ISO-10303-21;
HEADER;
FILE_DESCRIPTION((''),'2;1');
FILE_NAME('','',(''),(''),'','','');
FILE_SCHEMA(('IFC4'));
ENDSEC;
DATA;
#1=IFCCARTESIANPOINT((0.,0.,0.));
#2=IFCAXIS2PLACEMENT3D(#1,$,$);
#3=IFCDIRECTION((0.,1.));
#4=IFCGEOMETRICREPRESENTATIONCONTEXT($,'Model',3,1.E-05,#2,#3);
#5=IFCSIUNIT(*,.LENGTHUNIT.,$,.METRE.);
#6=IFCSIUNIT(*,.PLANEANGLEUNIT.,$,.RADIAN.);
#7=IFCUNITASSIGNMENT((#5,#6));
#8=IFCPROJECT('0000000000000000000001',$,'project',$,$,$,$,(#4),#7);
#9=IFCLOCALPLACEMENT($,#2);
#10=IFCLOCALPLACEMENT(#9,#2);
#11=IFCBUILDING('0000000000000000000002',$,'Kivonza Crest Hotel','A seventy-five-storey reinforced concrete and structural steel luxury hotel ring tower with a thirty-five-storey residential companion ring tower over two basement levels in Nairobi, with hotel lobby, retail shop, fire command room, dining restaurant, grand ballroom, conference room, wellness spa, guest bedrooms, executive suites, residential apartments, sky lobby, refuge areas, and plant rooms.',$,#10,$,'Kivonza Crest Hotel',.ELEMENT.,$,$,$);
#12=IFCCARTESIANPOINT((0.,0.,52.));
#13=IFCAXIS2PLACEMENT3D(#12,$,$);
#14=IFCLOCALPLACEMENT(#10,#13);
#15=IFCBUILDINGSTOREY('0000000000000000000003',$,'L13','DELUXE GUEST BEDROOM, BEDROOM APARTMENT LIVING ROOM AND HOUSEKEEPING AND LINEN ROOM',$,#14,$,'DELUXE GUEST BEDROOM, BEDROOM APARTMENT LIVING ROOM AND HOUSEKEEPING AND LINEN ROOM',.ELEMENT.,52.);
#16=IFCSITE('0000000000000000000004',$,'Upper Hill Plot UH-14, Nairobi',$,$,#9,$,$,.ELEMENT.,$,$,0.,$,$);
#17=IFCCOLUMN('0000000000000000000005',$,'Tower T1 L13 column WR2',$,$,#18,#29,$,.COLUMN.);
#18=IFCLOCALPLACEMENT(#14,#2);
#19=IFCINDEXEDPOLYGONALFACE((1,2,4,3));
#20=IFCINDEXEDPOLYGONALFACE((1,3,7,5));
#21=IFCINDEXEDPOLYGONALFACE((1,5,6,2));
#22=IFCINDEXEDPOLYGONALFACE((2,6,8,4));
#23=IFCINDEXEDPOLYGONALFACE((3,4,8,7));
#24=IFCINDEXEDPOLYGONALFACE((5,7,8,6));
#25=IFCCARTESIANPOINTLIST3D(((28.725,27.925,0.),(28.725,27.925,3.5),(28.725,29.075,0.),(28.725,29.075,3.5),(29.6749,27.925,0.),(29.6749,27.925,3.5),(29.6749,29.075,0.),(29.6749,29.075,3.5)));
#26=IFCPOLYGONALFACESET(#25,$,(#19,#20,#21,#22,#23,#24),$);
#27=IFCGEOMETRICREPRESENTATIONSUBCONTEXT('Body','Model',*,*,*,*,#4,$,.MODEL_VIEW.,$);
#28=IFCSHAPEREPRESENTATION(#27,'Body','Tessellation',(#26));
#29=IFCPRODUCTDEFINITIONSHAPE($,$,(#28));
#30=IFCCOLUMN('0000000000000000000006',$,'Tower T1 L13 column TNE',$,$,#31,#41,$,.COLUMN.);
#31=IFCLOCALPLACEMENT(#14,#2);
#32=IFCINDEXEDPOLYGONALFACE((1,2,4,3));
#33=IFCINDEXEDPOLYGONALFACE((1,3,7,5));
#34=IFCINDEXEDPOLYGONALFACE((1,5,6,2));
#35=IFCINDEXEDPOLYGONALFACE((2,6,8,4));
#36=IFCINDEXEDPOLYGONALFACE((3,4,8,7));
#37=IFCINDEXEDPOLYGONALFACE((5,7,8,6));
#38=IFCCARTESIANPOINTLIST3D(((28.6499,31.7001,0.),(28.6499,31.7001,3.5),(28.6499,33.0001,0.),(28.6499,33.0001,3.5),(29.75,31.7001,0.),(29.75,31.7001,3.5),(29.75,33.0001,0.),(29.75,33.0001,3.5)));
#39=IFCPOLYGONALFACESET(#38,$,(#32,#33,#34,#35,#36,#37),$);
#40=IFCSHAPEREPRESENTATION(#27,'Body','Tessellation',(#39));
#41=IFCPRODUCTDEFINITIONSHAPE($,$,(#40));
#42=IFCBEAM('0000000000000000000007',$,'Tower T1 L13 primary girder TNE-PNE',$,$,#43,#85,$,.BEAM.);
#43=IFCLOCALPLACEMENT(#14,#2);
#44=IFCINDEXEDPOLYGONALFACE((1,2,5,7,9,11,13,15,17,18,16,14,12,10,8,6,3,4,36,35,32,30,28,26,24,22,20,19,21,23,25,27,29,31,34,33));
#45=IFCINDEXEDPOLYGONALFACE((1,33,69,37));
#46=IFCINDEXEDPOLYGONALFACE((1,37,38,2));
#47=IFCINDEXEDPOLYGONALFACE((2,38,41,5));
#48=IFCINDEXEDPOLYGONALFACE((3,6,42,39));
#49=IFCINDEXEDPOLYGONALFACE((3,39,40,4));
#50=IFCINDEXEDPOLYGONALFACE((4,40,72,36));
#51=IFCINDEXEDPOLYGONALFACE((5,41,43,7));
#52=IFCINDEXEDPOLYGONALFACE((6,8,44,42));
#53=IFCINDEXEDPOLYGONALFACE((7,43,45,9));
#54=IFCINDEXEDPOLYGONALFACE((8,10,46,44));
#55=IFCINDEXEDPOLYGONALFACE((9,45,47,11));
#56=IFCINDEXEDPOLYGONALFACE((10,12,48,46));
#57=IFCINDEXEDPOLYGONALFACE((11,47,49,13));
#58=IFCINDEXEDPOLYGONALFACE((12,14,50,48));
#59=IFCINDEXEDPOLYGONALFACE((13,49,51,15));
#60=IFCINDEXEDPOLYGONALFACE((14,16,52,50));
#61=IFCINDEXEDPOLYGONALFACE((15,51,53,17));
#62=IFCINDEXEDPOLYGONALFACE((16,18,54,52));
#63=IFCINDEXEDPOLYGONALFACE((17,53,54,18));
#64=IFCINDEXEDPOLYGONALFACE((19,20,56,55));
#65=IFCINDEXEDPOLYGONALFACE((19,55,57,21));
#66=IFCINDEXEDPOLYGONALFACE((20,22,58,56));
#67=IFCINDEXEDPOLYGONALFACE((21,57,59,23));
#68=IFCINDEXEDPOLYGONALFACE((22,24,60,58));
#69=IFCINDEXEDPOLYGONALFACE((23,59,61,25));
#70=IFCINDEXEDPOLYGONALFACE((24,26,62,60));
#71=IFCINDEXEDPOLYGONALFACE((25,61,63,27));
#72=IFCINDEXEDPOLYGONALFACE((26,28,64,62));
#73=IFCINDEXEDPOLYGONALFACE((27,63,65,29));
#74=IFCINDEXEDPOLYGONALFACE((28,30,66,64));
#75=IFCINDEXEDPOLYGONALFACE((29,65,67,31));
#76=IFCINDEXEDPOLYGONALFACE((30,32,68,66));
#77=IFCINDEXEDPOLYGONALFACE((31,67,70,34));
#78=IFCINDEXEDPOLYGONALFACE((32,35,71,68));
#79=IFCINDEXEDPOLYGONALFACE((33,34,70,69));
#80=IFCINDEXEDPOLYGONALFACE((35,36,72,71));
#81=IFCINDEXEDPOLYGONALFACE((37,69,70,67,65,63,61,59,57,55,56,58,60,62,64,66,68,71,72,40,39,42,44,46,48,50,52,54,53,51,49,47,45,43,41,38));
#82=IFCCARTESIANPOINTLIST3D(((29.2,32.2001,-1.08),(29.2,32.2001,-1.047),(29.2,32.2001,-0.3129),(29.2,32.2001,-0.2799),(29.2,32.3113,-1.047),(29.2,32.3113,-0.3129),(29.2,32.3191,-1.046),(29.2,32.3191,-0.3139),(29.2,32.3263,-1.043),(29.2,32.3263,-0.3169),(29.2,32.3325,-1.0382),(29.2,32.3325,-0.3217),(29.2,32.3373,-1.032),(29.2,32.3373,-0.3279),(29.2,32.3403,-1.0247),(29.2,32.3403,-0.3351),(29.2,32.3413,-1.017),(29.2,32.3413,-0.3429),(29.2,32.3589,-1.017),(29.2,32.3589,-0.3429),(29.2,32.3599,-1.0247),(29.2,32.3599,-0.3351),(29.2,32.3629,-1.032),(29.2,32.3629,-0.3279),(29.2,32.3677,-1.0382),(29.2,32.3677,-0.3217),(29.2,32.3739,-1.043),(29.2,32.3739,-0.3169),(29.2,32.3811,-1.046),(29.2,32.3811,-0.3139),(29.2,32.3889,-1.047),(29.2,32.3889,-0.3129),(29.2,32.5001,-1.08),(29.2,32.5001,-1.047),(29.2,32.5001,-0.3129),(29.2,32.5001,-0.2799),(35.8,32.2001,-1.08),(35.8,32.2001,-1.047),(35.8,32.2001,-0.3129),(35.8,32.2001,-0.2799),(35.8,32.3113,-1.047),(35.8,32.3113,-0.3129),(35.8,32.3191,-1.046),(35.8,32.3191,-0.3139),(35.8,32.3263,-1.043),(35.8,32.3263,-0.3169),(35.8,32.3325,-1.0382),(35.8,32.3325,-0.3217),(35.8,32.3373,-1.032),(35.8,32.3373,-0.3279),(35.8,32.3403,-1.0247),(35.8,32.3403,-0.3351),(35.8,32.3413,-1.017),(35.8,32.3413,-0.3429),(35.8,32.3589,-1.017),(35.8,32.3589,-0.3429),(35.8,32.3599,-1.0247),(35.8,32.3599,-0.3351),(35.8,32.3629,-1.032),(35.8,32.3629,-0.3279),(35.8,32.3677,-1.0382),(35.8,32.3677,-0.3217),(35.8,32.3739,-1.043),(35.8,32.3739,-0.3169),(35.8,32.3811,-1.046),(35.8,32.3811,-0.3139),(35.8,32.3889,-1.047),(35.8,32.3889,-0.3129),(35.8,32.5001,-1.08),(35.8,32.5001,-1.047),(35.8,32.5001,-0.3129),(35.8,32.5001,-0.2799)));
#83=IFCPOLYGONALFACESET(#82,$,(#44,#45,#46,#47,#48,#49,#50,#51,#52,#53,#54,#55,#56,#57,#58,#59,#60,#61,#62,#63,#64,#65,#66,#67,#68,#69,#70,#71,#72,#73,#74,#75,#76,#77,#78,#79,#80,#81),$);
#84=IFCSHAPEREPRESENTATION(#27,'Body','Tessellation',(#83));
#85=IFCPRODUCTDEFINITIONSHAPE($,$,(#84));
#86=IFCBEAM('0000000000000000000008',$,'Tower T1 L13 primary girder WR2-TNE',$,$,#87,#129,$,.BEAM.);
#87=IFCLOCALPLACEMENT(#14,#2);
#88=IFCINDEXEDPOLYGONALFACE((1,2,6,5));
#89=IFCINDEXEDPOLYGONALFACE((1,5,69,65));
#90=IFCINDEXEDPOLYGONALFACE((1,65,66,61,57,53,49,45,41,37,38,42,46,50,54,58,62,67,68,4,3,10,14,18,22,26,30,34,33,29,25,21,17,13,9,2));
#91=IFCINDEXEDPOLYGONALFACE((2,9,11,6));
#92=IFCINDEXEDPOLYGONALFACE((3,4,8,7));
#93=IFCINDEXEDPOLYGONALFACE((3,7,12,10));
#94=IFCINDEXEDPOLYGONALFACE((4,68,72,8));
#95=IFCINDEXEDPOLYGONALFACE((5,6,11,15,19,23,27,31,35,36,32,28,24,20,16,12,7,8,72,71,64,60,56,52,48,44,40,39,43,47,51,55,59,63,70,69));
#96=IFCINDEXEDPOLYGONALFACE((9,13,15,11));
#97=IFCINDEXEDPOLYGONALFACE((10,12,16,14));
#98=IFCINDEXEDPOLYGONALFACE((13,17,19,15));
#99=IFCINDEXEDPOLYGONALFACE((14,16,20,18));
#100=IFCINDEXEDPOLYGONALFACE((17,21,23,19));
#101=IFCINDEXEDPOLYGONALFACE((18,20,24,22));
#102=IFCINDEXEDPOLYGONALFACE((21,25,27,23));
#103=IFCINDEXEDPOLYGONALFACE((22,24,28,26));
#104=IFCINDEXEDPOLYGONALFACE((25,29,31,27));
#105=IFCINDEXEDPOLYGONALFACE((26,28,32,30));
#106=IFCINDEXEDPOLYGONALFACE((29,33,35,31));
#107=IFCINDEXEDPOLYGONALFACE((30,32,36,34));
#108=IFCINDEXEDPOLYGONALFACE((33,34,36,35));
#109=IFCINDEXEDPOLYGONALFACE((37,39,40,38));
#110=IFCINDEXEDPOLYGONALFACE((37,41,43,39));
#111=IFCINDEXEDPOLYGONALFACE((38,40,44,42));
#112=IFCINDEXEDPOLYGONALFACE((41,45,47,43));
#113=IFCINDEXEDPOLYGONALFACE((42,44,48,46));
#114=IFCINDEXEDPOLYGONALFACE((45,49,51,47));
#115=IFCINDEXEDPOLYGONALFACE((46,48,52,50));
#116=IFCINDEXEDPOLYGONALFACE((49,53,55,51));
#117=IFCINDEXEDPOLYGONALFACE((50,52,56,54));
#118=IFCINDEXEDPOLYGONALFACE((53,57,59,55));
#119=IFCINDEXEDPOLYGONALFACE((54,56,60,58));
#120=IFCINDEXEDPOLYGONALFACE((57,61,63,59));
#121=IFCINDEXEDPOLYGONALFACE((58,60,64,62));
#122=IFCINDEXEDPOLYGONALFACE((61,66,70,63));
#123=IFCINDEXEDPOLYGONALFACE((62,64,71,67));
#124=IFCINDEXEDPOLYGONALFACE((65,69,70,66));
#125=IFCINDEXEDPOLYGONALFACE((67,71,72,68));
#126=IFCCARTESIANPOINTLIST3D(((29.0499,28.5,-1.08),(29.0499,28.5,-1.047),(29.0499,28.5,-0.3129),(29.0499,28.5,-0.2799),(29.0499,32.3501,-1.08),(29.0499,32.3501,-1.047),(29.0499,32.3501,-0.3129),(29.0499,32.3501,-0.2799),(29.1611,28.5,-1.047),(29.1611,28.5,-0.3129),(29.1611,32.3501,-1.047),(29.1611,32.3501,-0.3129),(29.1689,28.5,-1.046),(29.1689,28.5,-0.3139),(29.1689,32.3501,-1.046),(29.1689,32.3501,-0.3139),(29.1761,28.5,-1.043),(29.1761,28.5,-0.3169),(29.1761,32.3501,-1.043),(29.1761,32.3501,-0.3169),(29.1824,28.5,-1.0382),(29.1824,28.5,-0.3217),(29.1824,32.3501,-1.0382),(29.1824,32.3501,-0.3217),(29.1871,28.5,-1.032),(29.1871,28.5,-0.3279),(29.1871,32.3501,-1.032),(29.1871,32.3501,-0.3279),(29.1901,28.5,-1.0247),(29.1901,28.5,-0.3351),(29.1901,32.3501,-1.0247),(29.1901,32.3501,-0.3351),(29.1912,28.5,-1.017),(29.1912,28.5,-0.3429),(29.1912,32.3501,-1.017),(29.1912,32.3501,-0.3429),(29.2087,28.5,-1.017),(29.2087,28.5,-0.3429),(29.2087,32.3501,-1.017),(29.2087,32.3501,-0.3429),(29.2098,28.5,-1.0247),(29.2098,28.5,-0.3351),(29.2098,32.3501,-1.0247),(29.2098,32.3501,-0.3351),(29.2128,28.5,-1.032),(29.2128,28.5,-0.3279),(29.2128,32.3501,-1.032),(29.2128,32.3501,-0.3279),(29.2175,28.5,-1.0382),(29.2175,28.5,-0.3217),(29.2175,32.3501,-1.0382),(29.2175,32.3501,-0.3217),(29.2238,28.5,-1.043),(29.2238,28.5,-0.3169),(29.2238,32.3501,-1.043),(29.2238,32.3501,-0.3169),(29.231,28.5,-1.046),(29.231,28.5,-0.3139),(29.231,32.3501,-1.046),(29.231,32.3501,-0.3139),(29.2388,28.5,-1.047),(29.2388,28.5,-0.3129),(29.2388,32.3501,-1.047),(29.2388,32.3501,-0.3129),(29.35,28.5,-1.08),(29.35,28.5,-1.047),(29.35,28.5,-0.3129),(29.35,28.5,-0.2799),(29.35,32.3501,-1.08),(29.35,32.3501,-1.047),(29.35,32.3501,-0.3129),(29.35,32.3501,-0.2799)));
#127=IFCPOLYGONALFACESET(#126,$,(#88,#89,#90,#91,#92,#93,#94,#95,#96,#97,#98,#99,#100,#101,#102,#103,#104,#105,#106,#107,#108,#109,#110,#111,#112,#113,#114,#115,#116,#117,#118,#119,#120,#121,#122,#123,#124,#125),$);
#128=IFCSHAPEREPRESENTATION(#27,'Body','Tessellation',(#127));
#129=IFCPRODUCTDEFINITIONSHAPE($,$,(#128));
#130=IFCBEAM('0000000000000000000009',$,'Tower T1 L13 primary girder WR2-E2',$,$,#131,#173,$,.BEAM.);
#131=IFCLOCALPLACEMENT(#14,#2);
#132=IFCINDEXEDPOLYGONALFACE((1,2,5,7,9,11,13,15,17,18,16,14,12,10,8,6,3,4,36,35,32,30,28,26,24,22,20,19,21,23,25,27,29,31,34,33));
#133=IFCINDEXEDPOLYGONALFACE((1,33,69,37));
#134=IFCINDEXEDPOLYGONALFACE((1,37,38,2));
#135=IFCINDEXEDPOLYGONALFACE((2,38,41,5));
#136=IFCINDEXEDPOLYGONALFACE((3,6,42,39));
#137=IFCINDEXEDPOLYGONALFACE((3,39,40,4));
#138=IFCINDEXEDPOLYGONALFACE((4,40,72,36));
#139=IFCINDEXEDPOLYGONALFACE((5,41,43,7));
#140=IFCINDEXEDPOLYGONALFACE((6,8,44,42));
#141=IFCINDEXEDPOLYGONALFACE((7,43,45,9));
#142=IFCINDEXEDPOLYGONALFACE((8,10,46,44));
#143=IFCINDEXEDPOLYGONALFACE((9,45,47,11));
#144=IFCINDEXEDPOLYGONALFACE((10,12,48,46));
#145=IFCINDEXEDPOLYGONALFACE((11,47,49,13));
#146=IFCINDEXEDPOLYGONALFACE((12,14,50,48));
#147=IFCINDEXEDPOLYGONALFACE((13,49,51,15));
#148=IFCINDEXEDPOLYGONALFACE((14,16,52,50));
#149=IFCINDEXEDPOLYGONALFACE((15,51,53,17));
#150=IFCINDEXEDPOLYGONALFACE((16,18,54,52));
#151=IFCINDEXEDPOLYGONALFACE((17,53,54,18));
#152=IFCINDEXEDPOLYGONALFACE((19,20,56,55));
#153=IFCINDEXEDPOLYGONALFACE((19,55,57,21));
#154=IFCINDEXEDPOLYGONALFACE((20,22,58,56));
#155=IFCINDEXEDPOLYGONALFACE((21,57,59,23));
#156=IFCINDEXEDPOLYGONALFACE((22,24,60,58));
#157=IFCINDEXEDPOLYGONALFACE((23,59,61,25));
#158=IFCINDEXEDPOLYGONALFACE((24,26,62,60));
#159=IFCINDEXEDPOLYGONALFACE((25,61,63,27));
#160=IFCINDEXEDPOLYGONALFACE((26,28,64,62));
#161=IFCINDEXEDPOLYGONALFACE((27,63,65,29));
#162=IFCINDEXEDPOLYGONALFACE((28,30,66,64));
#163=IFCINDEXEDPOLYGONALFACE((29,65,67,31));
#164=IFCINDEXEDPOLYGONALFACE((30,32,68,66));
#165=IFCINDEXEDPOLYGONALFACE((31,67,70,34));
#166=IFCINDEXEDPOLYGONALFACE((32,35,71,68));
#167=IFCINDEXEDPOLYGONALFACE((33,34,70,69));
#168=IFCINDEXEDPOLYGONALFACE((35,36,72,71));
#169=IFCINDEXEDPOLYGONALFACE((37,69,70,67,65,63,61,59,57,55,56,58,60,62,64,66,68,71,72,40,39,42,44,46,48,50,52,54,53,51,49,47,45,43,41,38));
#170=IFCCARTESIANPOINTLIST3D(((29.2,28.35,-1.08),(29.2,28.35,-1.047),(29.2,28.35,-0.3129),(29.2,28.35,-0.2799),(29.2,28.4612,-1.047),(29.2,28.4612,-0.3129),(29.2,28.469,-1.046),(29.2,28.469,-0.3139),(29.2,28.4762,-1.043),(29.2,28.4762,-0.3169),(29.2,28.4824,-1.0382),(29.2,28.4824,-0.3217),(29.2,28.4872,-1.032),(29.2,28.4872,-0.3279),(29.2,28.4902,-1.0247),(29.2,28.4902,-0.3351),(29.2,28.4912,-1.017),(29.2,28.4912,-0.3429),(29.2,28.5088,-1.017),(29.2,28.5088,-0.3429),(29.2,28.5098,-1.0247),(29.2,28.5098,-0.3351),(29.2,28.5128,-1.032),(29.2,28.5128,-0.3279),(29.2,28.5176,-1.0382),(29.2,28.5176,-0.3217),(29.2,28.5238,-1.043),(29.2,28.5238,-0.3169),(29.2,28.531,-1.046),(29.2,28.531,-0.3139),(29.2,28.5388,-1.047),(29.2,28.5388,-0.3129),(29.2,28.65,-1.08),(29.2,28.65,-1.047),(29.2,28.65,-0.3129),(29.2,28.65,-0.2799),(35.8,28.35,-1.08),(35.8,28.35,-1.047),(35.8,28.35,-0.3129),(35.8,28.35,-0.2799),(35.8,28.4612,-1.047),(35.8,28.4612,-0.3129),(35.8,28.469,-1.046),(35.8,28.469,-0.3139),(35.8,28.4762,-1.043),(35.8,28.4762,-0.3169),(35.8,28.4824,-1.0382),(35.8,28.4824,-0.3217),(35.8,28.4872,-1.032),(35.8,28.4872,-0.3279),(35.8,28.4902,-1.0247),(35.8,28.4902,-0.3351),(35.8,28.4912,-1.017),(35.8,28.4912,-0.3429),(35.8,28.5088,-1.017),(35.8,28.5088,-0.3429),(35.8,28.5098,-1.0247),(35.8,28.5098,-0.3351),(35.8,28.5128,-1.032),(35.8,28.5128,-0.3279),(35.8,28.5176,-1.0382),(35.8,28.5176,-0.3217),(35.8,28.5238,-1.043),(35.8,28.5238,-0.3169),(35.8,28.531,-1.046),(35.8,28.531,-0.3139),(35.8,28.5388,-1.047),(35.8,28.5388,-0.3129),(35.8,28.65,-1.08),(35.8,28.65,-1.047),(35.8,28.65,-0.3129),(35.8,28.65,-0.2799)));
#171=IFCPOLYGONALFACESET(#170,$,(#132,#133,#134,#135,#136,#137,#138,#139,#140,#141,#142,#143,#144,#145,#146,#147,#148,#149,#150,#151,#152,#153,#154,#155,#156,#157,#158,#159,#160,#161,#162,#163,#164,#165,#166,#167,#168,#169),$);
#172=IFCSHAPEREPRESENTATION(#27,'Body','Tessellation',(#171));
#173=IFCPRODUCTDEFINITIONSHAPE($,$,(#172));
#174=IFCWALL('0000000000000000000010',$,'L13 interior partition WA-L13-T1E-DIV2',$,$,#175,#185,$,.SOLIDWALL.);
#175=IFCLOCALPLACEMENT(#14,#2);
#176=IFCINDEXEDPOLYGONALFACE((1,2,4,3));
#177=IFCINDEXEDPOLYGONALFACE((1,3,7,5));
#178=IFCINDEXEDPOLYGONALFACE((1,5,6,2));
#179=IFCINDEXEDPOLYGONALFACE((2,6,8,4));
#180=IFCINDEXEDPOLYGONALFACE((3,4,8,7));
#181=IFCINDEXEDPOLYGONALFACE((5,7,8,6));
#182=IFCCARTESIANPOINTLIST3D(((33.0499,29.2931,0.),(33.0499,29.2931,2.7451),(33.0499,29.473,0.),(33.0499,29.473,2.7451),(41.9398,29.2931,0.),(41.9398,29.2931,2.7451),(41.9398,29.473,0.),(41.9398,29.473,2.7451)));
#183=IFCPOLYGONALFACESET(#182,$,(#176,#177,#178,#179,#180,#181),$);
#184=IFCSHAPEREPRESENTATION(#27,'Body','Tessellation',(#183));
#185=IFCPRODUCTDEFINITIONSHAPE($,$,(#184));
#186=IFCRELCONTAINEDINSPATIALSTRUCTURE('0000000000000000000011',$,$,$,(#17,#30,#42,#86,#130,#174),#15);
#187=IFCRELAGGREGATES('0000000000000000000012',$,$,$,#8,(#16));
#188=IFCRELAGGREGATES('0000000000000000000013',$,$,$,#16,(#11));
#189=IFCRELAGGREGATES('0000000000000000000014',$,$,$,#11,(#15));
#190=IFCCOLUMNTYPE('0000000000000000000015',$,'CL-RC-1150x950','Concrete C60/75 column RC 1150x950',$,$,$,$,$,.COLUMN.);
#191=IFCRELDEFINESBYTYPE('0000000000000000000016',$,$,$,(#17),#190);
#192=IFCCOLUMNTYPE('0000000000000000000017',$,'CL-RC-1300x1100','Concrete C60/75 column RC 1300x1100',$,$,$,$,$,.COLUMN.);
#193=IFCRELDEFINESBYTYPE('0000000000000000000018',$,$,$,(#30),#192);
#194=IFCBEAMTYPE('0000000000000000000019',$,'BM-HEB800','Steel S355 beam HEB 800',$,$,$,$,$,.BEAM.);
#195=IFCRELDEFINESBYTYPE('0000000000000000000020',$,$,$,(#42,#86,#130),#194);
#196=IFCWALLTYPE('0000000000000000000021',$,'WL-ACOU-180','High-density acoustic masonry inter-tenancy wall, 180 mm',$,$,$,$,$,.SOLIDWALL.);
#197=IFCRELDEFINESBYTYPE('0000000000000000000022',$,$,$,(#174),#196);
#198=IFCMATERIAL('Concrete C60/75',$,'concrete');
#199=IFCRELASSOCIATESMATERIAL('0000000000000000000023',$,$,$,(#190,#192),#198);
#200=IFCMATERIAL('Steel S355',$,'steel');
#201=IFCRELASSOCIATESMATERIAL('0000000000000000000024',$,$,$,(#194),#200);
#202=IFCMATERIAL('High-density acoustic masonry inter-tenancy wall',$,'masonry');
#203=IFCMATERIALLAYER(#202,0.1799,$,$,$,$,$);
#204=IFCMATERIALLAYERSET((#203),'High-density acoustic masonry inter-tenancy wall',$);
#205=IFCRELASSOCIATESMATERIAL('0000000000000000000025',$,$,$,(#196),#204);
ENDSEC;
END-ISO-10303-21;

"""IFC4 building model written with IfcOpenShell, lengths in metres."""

from ifc_helpers import new_model, si_unit, direction, frame, frame_2d, origin, origin_2d, place, context, subcontext, project, spatial, rectangle, i_section, extrude, material, layer, layer_set, material_profile, profile_set, type_object, element, save


model = new_model("IFC4")

# Units and contexts
model_context = context("Model", 3, precision=1e-05, world=origin(), true_north=direction((0.0, 1.0)))
body_context = subcontext(model_context, "Body", "Model", "MODEL_VIEW")
ifc_project = project(units=[si_unit("LENGTHUNIT", "METRE"), si_unit("PLANEANGLEUNIT", "RADIAN")], contexts=[model_context])

# Site, building, storey
site_placement = place(None, origin())
site = spatial("IfcSite", under=ifc_project, at=site_placement, Name="Upper Hill Plot UH-14, Nairobi", CompositionType="ELEMENT", RefElevation=0.0)
building_placement = place(site_placement, origin())
building = spatial("IfcBuilding", under=site, at=building_placement, Name="Kivonza Crest Hotel", Description="A seventy-five-storey reinforced concrete and structural steel luxury hotel ring tower with a thirty-five-storey residential companion ring tower over two basement levels in Nairobi, with hotel lobby, retail shop, fire command room, dining restaurant, grand ballroom, conference room, wellness spa, guest bedrooms, executive suites, residential apartments, sky lobby, refuge areas, and plant rooms.", LongName="Kivonza Crest Hotel", CompositionType="ELEMENT")
storey_placement = place(building_placement, frame((0.0, 0.0, 52.0)))
storey = spatial("IfcBuildingStorey", under=building, at=storey_placement, Name="L13", Description="DELUXE GUEST BEDROOM, BEDROOM APARTMENT LIVING ROOM AND HOUSEKEEPING AND LINEN ROOM", LongName="DELUXE GUEST BEDROOM, BEDROOM APARTMENT LIVING ROOM AND HOUSEKEEPING AND LINEN ROOM", CompositionType="ELEMENT", Elevation=52.0)

# Columns
ifc_material_1 = material(Name="Concrete C60/75", Category="concrete")
ifc_material_profile_1 = material_profile(ifc_material_1, rectangle(XDim=0.95, YDim=1.1499, at=origin_2d()), Name="RC 1150x950")
ifc_profile_set_1 = profile_set([ifc_material_profile_1], Name="Concrete C60/75")
column_type_1 = type_object("IfcColumnType", Name="CL-RC-1150x950", Description="Concrete C60/75 column RC 1150x950", PredefinedType="COLUMN", material=ifc_profile_set_1)
column_1_placement = place(storey_placement, frame((29.2, 28.5, 0.0), z_axis=(0.0, 0.0, 1.0), x_axis=(1.0, 0.0, 0.0)))
element("IfcColumn", 1, at=column_1_placement, inside=storey, type_object=column_type_1, Name="Tower T1 L13 column WR2", PredefinedType="COLUMN", context=body_context, shape_type="SweptSolid", body=[
    extrude(rectangle(XDim=0.95, YDim=1.1499, at=origin_2d()), origin(), (0.0, 0.0, 1.0), 3.5),
])
ifc_material_profile_2 = material_profile(ifc_material_1, rectangle(XDim=1.1001, YDim=1.3, at=origin_2d()), Name="RC 1300x1100")
ifc_profile_set_2 = profile_set([ifc_material_profile_2], Name="Concrete C60/75")
column_type_2 = type_object("IfcColumnType", Name="CL-RC-1300x1100", Description="Concrete C60/75 column RC 1300x1100", PredefinedType="COLUMN", material=ifc_profile_set_2)
column_2_placement = place(storey_placement, frame((29.2, 32.3501, 0.0), z_axis=(0.0, 0.0, 1.0), x_axis=(1.0, 0.0, 0.0)))
element("IfcColumn", 2, at=column_2_placement, inside=storey, type_object=column_type_2, Name="Tower T1 L13 column TNE", PredefinedType="COLUMN", context=body_context, shape_type="SweptSolid", body=[
    extrude(rectangle(XDim=1.1001, YDim=1.3, at=origin_2d()), origin(), (0.0, 0.0, 1.0), 3.5),
])

# Beams
ifc_material_2 = material(Name="Steel S355", Category="steel")
ifc_material_profile_3 = material_profile(ifc_material_2, i_section(OverallWidth=0.3, OverallDepth=0.8, WebThickness=0.0176, FlangeThickness=0.033, FilletRadius=0.03, at=origin_2d()), Name="HEB 800")
ifc_profile_set_3 = profile_set([ifc_material_profile_3], Name="Steel S355")
beam_type = type_object("IfcBeamType", Name="BM-HEB800", Description="Steel S355 beam HEB 800", PredefinedType="BEAM", material=ifc_profile_set_3)
beam_1_placement = place(storey_placement, frame((29.2, 32.3501, -0.6799), z_axis=(1.0, 0.0, 0.0), x_axis=(0.0, 1.0, 0.0)))
element("IfcBeam", 3, at=beam_1_placement, inside=storey, type_object=beam_type, Name="Tower T1 L13 primary girder TNE-PNE", PredefinedType="BEAM", context=body_context, shape_type="SweptSolid", body=[
    extrude(i_section(OverallWidth=0.3, OverallDepth=0.8, WebThickness=0.0176, FlangeThickness=0.033, FilletRadius=0.03, at=origin_2d()), origin(), (0.0, 0.0, 1.0), 6.6001),
])
beam_2_placement = place(storey_placement, frame((29.2, 28.5, -0.6799), z_axis=(0.0, 1.0, 0.0), x_axis=(-1.0, 0.0, 0.0)))
element("IfcBeam", 4, at=beam_2_placement, inside=storey, type_object=beam_type, Name="Tower T1 L13 primary girder WR2-TNE", PredefinedType="BEAM", context=body_context, shape_type="SweptSolid", body=[
    extrude(i_section(OverallWidth=0.3, OverallDepth=0.8, WebThickness=0.0176, FlangeThickness=0.033, FilletRadius=0.03, at=origin_2d()), origin(), (0.0, 0.0, 1.0), 3.8501),
])
beam_3_placement = place(storey_placement, frame((29.2, 28.5, -0.6799), z_axis=(1.0, 0.0, 0.0), x_axis=(0.0, 1.0, 0.0)))
element("IfcBeam", 5, at=beam_3_placement, inside=storey, type_object=beam_type, Name="Tower T1 L13 primary girder WR2-E2", PredefinedType="BEAM", context=body_context, shape_type="SweptSolid", body=[
    extrude(i_section(OverallWidth=0.3, OverallDepth=0.8, WebThickness=0.0176, FlangeThickness=0.033, FilletRadius=0.03, at=origin_2d()), origin(), (0.0, 0.0, 1.0), 6.6001),
])

# Wall
ifc_material_3 = material(Name="High-density acoustic masonry inter-tenancy wall", Category="masonry")
ifc_layer_1 = layer(ifc_material_3, 0.1799)
ifc_layer_set_1 = layer_set([ifc_layer_1], Name="High-density acoustic masonry inter-tenancy wall")
wall_type_1 = type_object("IfcWallType", Name="WL-ACOU-180", Description="High-density acoustic masonry inter-tenancy wall, 180 mm", PredefinedType="SOLIDWALL", material=ifc_layer_set_1)
wall_1_placement = place(storey_placement, frame((33.05, 29.3831, 0.0), z_axis=(0.0, 0.0, 1.0), x_axis=(1.0, 0.0, 0.0)))
element("IfcWall", 6, at=wall_1_placement, inside=storey, type_object=wall_type_1, Name="L13 interior partition WA-L13-T1E-DIV2", PredefinedType="SOLIDWALL", context=body_context, shape_type="SweptSolid", body=[
    extrude(rectangle(XDim=8.8899, YDim=0.1799, at=frame_2d((4.4448, 0.0))), origin(), (0.0, 0.0, 1.0), 2.7451),
])

save(model, "model.ifc")
